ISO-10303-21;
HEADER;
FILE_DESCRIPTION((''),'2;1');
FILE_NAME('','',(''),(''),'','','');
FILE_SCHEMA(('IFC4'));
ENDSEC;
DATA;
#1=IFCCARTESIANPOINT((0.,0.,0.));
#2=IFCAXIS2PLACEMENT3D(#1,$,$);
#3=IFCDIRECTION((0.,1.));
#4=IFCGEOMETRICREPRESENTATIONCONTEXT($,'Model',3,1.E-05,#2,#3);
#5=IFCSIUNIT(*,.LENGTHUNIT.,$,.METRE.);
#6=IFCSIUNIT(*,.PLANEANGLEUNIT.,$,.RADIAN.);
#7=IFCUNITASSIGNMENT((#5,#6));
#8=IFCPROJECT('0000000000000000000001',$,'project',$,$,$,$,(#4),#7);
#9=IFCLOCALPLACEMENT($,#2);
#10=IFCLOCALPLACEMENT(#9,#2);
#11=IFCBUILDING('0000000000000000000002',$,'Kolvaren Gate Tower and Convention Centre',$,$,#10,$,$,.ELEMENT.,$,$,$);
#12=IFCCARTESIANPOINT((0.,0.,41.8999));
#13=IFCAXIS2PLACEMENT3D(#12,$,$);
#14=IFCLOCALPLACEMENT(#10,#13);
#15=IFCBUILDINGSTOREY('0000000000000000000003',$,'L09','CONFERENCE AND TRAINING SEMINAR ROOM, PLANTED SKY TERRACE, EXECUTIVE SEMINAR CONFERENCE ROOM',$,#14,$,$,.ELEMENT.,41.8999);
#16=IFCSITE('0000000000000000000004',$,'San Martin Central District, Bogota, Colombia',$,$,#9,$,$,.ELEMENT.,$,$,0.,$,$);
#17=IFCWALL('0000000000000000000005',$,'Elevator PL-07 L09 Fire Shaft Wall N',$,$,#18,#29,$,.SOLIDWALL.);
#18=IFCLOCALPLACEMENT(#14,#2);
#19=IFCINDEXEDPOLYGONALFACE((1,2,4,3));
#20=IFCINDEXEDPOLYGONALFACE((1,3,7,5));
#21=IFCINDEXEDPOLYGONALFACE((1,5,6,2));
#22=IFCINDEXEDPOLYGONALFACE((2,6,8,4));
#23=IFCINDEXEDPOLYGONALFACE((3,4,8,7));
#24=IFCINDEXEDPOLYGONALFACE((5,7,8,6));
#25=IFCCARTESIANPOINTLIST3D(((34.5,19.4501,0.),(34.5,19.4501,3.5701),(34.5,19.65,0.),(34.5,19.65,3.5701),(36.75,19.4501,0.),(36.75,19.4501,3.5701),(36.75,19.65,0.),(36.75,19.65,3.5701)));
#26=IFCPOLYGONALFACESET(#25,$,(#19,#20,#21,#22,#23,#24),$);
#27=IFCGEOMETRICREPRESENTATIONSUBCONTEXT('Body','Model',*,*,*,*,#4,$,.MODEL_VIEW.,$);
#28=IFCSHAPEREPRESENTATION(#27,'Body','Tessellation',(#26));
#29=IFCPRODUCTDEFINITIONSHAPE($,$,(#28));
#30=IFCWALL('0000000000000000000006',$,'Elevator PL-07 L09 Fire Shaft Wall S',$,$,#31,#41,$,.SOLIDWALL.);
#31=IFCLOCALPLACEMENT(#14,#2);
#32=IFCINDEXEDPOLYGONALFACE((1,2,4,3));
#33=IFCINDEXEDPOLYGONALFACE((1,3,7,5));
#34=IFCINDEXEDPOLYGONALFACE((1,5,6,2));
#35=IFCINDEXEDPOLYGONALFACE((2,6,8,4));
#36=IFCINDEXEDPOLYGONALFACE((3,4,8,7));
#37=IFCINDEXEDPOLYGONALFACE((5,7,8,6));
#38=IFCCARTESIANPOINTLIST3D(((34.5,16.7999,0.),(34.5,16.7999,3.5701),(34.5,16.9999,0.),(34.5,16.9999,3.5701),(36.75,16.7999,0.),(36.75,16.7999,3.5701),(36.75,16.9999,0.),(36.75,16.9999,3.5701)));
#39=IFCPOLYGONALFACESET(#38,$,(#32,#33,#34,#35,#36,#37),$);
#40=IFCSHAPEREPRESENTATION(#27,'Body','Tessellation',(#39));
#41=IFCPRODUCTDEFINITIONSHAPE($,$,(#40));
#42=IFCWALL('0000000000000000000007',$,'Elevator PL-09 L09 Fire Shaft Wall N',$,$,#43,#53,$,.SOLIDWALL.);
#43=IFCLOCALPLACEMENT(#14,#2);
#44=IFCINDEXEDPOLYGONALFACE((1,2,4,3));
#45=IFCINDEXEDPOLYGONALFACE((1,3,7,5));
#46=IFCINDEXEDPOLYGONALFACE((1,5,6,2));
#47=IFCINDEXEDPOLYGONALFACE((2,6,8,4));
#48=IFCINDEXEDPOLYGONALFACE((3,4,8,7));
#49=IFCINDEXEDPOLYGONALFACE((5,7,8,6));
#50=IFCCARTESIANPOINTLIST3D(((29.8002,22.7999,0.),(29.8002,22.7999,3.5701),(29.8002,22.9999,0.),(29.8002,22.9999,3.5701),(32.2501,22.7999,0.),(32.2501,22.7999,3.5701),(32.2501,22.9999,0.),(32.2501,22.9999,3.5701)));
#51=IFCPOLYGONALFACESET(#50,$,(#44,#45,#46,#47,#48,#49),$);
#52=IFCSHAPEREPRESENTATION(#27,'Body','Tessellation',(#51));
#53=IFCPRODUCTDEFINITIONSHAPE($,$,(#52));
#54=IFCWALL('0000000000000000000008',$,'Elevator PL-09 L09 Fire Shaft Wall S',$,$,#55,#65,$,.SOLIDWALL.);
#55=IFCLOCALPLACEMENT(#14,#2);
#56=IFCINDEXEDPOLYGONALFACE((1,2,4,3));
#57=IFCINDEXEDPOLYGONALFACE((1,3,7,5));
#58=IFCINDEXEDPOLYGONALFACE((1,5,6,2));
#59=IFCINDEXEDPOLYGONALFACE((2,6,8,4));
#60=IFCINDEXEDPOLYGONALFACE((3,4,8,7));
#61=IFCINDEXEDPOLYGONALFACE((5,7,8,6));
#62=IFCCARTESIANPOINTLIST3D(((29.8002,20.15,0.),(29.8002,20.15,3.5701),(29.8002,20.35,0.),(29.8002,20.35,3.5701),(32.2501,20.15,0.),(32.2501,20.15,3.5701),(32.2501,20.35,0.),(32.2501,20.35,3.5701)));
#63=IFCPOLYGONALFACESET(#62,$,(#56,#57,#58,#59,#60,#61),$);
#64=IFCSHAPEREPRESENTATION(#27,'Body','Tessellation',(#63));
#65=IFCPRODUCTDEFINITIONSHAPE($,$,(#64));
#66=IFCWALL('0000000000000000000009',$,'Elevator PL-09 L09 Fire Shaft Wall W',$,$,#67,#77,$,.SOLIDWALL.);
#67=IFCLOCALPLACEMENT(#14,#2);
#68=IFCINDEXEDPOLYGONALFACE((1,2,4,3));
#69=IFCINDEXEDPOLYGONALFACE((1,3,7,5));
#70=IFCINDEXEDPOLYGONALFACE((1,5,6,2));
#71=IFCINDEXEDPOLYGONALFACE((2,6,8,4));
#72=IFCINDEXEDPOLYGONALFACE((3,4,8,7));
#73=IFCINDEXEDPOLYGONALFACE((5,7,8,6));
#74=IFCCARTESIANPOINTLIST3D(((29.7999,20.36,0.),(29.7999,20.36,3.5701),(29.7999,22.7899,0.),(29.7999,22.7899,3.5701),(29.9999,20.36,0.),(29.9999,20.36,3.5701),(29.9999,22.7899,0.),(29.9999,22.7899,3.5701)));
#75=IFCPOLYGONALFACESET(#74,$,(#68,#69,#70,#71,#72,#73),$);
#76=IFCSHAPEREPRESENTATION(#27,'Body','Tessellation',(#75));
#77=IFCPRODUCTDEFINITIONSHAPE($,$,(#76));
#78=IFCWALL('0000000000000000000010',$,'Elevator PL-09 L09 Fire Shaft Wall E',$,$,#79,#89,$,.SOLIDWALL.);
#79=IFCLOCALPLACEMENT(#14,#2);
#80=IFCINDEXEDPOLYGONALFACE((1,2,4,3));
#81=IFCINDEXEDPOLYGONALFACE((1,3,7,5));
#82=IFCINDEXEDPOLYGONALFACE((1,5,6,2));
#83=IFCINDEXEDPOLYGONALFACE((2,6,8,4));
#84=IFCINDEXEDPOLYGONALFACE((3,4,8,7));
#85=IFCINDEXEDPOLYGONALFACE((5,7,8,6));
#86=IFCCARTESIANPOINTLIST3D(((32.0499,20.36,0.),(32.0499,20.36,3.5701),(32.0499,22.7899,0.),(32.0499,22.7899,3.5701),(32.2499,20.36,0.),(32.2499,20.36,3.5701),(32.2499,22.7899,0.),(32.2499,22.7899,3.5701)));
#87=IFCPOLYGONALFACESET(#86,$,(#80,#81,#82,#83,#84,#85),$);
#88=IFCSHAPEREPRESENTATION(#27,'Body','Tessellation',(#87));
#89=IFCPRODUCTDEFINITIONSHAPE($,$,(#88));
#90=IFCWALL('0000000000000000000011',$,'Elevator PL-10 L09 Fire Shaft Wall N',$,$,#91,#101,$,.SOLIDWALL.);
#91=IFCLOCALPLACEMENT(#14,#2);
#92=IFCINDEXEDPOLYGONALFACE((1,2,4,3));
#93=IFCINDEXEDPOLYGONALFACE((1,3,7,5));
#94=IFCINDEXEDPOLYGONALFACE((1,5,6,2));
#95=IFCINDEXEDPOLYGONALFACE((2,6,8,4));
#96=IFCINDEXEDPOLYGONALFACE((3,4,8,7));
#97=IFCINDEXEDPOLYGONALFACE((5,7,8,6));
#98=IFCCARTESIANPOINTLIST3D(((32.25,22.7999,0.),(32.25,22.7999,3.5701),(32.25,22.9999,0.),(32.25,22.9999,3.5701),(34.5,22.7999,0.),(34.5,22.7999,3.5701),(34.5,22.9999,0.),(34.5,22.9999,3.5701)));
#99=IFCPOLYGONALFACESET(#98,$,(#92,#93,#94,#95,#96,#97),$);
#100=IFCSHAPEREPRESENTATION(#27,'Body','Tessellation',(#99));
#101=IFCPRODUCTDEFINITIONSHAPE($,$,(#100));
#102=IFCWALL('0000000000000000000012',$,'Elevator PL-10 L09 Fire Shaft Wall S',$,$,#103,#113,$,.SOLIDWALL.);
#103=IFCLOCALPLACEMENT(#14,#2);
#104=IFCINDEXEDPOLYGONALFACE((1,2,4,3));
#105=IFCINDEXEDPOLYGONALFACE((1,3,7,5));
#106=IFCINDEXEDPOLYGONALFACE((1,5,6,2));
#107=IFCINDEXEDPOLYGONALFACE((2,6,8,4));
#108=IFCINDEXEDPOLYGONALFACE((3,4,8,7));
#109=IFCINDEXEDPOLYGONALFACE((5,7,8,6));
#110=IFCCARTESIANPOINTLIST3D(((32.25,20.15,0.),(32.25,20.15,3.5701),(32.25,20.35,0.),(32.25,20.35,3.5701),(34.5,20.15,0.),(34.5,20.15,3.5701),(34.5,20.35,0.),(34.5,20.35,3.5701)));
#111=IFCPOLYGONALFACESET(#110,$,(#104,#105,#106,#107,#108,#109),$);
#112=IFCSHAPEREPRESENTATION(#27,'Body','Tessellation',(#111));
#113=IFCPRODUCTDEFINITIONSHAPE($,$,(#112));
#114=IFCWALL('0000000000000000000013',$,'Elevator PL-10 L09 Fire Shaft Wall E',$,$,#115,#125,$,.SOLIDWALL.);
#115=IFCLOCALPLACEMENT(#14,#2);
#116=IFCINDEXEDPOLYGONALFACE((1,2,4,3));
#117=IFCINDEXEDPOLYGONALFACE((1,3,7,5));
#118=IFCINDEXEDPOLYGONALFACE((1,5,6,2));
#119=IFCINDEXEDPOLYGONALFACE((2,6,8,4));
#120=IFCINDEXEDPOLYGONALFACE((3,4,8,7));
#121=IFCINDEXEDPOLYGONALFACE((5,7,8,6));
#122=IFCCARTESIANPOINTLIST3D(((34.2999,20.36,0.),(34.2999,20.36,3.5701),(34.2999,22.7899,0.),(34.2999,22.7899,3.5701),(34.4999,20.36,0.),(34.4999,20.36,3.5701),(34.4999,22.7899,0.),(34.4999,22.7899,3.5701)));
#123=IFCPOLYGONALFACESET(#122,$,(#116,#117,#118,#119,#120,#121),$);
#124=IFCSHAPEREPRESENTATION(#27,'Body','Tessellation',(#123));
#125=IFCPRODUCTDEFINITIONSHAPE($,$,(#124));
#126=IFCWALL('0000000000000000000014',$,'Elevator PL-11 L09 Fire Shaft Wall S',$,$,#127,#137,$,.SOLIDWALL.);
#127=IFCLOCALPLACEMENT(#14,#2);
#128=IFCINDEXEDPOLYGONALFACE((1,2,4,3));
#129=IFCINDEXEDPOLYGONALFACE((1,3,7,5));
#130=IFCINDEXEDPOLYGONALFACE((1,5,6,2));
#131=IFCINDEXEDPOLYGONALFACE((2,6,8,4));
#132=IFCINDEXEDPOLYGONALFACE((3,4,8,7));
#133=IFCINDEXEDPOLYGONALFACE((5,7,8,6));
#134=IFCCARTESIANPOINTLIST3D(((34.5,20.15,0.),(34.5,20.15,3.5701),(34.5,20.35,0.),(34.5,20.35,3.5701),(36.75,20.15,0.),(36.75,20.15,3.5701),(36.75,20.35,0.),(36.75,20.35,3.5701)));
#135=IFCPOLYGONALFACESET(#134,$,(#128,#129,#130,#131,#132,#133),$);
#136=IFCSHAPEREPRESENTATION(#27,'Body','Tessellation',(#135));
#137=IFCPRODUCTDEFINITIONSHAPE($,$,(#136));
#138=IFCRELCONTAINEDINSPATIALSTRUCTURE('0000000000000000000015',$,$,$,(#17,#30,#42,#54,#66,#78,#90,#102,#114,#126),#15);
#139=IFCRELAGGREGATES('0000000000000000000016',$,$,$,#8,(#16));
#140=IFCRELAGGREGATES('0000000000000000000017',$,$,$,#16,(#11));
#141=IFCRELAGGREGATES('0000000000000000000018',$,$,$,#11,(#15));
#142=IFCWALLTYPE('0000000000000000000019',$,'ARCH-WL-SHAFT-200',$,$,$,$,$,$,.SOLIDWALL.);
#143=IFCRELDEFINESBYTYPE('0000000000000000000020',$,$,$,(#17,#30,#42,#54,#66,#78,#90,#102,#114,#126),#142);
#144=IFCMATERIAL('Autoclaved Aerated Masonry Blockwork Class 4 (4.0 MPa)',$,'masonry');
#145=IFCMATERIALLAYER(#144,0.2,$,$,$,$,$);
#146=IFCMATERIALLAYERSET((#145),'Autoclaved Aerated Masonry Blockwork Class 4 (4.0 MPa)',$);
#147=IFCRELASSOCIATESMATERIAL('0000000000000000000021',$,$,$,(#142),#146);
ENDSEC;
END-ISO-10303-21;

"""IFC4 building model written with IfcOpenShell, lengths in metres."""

from ifc_helpers import new_model, si_unit, direction, frame, frame_2d, origin, place, context, subcontext, project, spatial, rectangle, extrude, material, layer, layer_set, type_object, element, save


model = new_model("IFC4")

# Units and contexts
model_context = context("Model", 3, precision=1e-05, world=origin(), true_north=direction((0.0, 1.0)))
body_context = subcontext(model_context, "Body", "Model", "MODEL_VIEW")
ifc_project = project(units=[si_unit("LENGTHUNIT", "METRE"), si_unit("PLANEANGLEUNIT", "RADIAN")], contexts=[model_context])

# Site, building, storey
site_placement = place(None, origin())
site = spatial("IfcSite", under=ifc_project, at=site_placement, Name="San Martin Central District, Bogota, Colombia", CompositionType="ELEMENT", RefElevation=0.0)
building_placement = place(site_placement, origin())
building = spatial("IfcBuilding", under=site, at=building_placement, Name="Kolvaren Gate Tower and Convention Centre", CompositionType="ELEMENT")
storey_placement = place(building_placement, frame((0.0, 0.0, 41.8999)))
storey = spatial("IfcBuildingStorey", under=building, at=storey_placement, Name="L09", Description="CONFERENCE AND TRAINING SEMINAR ROOM, PLANTED SKY TERRACE, EXECUTIVE SEMINAR CONFERENCE ROOM", CompositionType="ELEMENT", Elevation=41.8999)

# Shared definitions
ifc_material_1 = material(Name="Autoclaved Aerated Masonry Blockwork Class 4 (4.0 MPa)", Category="masonry")

# Walls
ifc_layer_1 = layer(ifc_material_1, 0.2)
ifc_layer_set_1 = layer_set([ifc_layer_1], Name="Autoclaved Aerated Masonry Blockwork Class 4 (4.0 MPa)")
wall_type_1 = type_object("IfcWallType", Name="ARCH-WL-SHAFT-200", PredefinedType="SOLIDWALL", material=ifc_layer_set_1)
for number, where, z_axis, x_axis, name in (
    (1, (34.5, 19.55, 0.0), (0.0, 0.0, 1.0), (1.0, 0.0, 0.0), "Elevator PL-07 L09 Fire Shaft Wall N"),
    (2, (34.5, 16.8999, 0.0), (0.0, 0.0, 1.0), (1.0, 0.0, 0.0), "Elevator PL-07 L09 Fire Shaft Wall S"),
):
    element("IfcWall", number, at=place(storey_placement, frame(where, z_axis=z_axis, x_axis=x_axis)), inside=storey, type_object=wall_type_1, Name=name, PredefinedType="SOLIDWALL", context=body_context, shape_type="SweptSolid", body=[
        extrude(rectangle(XDim=2.25, YDim=0.2, at=frame_2d((1.125, 0.0))), origin(), (0.0, 0.0, 1.0), 3.5701),
    ])
for number, where, z_axis, x_axis, name in (
    (3, (29.8, 22.8999, 0.0), (0.0, 0.0, 1.0), (1.0, 0.0, 0.0), "Elevator PL-09 L09 Fire Shaft Wall N"),
    (4, (29.8, 20.25, 0.0), (0.0, 0.0, 1.0), (1.0, 0.0, 0.0), "Elevator PL-09 L09 Fire Shaft Wall S"),
):
    element("IfcWall", number, at=place(storey_placement, frame(where, z_axis=z_axis, x_axis=x_axis)), inside=storey, type_object=wall_type_1, Name=name, PredefinedType="SOLIDWALL", context=body_context, shape_type="SweptSolid", body=[
        extrude(rectangle(XDim=2.45, YDim=0.2, at=frame_2d((1.2251, 0.0))), origin(), (0.0, 0.0, 1.0), 3.5701),
    ])
for number, where, z_axis, x_axis, name in (
    (5, (29.8999, 20.3601, 0.0), (0.0, 0.0, 1.0), (0.0, 1.0, 0.0), "Elevator PL-09 L09 Fire Shaft Wall W"),
    (6, (32.1499, 20.3601, 0.0), (0.0, 0.0, 1.0), (0.0, 1.0, 0.0), "Elevator PL-09 L09 Fire Shaft Wall E"),
):
    element("IfcWall", number, at=place(storey_placement, frame(where, z_axis=z_axis, x_axis=x_axis)), inside=storey, type_object=wall_type_1, Name=name, PredefinedType="SOLIDWALL", context=body_context, shape_type="SweptSolid", body=[
        extrude(rectangle(XDim=2.4299, YDim=0.2, at=frame_2d((1.2148, 0.0))), origin(), (0.0, 0.0, 1.0), 3.5701),
    ])
for number, where, z_axis, x_axis, name in (
    (7, (32.25, 22.8999, 0.0), (0.0, 0.0, 1.0), (1.0, 0.0, 0.0), "Elevator PL-10 L09 Fire Shaft Wall N"),
    (8, (32.25, 20.25, 0.0), (0.0, 0.0, 1.0), (1.0, 0.0, 0.0), "Elevator PL-10 L09 Fire Shaft Wall S"),
):
    element("IfcWall", number, at=place(storey_placement, frame(where, z_axis=z_axis, x_axis=x_axis)), inside=storey, type_object=wall_type_1, Name=name, PredefinedType="SOLIDWALL", context=body_context, shape_type="SweptSolid", body=[
        extrude(rectangle(XDim=2.25, YDim=0.2, at=frame_2d((1.125, 0.0))), origin(), (0.0, 0.0, 1.0), 3.5701),
    ])
wall_1_placement = place(storey_placement, frame((34.3999, 20.3601, 0.0), z_axis=(0.0, 0.0, 1.0), x_axis=(0.0, 1.0, 0.0)))
element("IfcWall", 9, at=wall_1_placement, inside=storey, type_object=wall_type_1, Name="Elevator PL-10 L09 Fire Shaft Wall E", PredefinedType="SOLIDWALL", context=body_context, shape_type="SweptSolid", body=[
    extrude(rectangle(XDim=2.4299, YDim=0.2, at=frame_2d((1.2148, 0.0))), origin(), (0.0, 0.0, 1.0), 3.5701),
])
wall_2_placement = place(storey_placement, frame((34.5, 20.25, 0.0), z_axis=(0.0, 0.0, 1.0), x_axis=(1.0, 0.0, 0.0)))
element("IfcWall", 10, at=wall_2_placement, inside=storey, type_object=wall_type_1, Name="Elevator PL-11 L09 Fire Shaft Wall S", PredefinedType="SOLIDWALL", context=body_context, shape_type="SweptSolid", body=[
    extrude(rectangle(XDim=2.25, YDim=0.2, at=frame_2d((1.125, 0.0))), origin(), (0.0, 0.0, 1.0), 3.5701),
])

save(model, "model.ifc")
